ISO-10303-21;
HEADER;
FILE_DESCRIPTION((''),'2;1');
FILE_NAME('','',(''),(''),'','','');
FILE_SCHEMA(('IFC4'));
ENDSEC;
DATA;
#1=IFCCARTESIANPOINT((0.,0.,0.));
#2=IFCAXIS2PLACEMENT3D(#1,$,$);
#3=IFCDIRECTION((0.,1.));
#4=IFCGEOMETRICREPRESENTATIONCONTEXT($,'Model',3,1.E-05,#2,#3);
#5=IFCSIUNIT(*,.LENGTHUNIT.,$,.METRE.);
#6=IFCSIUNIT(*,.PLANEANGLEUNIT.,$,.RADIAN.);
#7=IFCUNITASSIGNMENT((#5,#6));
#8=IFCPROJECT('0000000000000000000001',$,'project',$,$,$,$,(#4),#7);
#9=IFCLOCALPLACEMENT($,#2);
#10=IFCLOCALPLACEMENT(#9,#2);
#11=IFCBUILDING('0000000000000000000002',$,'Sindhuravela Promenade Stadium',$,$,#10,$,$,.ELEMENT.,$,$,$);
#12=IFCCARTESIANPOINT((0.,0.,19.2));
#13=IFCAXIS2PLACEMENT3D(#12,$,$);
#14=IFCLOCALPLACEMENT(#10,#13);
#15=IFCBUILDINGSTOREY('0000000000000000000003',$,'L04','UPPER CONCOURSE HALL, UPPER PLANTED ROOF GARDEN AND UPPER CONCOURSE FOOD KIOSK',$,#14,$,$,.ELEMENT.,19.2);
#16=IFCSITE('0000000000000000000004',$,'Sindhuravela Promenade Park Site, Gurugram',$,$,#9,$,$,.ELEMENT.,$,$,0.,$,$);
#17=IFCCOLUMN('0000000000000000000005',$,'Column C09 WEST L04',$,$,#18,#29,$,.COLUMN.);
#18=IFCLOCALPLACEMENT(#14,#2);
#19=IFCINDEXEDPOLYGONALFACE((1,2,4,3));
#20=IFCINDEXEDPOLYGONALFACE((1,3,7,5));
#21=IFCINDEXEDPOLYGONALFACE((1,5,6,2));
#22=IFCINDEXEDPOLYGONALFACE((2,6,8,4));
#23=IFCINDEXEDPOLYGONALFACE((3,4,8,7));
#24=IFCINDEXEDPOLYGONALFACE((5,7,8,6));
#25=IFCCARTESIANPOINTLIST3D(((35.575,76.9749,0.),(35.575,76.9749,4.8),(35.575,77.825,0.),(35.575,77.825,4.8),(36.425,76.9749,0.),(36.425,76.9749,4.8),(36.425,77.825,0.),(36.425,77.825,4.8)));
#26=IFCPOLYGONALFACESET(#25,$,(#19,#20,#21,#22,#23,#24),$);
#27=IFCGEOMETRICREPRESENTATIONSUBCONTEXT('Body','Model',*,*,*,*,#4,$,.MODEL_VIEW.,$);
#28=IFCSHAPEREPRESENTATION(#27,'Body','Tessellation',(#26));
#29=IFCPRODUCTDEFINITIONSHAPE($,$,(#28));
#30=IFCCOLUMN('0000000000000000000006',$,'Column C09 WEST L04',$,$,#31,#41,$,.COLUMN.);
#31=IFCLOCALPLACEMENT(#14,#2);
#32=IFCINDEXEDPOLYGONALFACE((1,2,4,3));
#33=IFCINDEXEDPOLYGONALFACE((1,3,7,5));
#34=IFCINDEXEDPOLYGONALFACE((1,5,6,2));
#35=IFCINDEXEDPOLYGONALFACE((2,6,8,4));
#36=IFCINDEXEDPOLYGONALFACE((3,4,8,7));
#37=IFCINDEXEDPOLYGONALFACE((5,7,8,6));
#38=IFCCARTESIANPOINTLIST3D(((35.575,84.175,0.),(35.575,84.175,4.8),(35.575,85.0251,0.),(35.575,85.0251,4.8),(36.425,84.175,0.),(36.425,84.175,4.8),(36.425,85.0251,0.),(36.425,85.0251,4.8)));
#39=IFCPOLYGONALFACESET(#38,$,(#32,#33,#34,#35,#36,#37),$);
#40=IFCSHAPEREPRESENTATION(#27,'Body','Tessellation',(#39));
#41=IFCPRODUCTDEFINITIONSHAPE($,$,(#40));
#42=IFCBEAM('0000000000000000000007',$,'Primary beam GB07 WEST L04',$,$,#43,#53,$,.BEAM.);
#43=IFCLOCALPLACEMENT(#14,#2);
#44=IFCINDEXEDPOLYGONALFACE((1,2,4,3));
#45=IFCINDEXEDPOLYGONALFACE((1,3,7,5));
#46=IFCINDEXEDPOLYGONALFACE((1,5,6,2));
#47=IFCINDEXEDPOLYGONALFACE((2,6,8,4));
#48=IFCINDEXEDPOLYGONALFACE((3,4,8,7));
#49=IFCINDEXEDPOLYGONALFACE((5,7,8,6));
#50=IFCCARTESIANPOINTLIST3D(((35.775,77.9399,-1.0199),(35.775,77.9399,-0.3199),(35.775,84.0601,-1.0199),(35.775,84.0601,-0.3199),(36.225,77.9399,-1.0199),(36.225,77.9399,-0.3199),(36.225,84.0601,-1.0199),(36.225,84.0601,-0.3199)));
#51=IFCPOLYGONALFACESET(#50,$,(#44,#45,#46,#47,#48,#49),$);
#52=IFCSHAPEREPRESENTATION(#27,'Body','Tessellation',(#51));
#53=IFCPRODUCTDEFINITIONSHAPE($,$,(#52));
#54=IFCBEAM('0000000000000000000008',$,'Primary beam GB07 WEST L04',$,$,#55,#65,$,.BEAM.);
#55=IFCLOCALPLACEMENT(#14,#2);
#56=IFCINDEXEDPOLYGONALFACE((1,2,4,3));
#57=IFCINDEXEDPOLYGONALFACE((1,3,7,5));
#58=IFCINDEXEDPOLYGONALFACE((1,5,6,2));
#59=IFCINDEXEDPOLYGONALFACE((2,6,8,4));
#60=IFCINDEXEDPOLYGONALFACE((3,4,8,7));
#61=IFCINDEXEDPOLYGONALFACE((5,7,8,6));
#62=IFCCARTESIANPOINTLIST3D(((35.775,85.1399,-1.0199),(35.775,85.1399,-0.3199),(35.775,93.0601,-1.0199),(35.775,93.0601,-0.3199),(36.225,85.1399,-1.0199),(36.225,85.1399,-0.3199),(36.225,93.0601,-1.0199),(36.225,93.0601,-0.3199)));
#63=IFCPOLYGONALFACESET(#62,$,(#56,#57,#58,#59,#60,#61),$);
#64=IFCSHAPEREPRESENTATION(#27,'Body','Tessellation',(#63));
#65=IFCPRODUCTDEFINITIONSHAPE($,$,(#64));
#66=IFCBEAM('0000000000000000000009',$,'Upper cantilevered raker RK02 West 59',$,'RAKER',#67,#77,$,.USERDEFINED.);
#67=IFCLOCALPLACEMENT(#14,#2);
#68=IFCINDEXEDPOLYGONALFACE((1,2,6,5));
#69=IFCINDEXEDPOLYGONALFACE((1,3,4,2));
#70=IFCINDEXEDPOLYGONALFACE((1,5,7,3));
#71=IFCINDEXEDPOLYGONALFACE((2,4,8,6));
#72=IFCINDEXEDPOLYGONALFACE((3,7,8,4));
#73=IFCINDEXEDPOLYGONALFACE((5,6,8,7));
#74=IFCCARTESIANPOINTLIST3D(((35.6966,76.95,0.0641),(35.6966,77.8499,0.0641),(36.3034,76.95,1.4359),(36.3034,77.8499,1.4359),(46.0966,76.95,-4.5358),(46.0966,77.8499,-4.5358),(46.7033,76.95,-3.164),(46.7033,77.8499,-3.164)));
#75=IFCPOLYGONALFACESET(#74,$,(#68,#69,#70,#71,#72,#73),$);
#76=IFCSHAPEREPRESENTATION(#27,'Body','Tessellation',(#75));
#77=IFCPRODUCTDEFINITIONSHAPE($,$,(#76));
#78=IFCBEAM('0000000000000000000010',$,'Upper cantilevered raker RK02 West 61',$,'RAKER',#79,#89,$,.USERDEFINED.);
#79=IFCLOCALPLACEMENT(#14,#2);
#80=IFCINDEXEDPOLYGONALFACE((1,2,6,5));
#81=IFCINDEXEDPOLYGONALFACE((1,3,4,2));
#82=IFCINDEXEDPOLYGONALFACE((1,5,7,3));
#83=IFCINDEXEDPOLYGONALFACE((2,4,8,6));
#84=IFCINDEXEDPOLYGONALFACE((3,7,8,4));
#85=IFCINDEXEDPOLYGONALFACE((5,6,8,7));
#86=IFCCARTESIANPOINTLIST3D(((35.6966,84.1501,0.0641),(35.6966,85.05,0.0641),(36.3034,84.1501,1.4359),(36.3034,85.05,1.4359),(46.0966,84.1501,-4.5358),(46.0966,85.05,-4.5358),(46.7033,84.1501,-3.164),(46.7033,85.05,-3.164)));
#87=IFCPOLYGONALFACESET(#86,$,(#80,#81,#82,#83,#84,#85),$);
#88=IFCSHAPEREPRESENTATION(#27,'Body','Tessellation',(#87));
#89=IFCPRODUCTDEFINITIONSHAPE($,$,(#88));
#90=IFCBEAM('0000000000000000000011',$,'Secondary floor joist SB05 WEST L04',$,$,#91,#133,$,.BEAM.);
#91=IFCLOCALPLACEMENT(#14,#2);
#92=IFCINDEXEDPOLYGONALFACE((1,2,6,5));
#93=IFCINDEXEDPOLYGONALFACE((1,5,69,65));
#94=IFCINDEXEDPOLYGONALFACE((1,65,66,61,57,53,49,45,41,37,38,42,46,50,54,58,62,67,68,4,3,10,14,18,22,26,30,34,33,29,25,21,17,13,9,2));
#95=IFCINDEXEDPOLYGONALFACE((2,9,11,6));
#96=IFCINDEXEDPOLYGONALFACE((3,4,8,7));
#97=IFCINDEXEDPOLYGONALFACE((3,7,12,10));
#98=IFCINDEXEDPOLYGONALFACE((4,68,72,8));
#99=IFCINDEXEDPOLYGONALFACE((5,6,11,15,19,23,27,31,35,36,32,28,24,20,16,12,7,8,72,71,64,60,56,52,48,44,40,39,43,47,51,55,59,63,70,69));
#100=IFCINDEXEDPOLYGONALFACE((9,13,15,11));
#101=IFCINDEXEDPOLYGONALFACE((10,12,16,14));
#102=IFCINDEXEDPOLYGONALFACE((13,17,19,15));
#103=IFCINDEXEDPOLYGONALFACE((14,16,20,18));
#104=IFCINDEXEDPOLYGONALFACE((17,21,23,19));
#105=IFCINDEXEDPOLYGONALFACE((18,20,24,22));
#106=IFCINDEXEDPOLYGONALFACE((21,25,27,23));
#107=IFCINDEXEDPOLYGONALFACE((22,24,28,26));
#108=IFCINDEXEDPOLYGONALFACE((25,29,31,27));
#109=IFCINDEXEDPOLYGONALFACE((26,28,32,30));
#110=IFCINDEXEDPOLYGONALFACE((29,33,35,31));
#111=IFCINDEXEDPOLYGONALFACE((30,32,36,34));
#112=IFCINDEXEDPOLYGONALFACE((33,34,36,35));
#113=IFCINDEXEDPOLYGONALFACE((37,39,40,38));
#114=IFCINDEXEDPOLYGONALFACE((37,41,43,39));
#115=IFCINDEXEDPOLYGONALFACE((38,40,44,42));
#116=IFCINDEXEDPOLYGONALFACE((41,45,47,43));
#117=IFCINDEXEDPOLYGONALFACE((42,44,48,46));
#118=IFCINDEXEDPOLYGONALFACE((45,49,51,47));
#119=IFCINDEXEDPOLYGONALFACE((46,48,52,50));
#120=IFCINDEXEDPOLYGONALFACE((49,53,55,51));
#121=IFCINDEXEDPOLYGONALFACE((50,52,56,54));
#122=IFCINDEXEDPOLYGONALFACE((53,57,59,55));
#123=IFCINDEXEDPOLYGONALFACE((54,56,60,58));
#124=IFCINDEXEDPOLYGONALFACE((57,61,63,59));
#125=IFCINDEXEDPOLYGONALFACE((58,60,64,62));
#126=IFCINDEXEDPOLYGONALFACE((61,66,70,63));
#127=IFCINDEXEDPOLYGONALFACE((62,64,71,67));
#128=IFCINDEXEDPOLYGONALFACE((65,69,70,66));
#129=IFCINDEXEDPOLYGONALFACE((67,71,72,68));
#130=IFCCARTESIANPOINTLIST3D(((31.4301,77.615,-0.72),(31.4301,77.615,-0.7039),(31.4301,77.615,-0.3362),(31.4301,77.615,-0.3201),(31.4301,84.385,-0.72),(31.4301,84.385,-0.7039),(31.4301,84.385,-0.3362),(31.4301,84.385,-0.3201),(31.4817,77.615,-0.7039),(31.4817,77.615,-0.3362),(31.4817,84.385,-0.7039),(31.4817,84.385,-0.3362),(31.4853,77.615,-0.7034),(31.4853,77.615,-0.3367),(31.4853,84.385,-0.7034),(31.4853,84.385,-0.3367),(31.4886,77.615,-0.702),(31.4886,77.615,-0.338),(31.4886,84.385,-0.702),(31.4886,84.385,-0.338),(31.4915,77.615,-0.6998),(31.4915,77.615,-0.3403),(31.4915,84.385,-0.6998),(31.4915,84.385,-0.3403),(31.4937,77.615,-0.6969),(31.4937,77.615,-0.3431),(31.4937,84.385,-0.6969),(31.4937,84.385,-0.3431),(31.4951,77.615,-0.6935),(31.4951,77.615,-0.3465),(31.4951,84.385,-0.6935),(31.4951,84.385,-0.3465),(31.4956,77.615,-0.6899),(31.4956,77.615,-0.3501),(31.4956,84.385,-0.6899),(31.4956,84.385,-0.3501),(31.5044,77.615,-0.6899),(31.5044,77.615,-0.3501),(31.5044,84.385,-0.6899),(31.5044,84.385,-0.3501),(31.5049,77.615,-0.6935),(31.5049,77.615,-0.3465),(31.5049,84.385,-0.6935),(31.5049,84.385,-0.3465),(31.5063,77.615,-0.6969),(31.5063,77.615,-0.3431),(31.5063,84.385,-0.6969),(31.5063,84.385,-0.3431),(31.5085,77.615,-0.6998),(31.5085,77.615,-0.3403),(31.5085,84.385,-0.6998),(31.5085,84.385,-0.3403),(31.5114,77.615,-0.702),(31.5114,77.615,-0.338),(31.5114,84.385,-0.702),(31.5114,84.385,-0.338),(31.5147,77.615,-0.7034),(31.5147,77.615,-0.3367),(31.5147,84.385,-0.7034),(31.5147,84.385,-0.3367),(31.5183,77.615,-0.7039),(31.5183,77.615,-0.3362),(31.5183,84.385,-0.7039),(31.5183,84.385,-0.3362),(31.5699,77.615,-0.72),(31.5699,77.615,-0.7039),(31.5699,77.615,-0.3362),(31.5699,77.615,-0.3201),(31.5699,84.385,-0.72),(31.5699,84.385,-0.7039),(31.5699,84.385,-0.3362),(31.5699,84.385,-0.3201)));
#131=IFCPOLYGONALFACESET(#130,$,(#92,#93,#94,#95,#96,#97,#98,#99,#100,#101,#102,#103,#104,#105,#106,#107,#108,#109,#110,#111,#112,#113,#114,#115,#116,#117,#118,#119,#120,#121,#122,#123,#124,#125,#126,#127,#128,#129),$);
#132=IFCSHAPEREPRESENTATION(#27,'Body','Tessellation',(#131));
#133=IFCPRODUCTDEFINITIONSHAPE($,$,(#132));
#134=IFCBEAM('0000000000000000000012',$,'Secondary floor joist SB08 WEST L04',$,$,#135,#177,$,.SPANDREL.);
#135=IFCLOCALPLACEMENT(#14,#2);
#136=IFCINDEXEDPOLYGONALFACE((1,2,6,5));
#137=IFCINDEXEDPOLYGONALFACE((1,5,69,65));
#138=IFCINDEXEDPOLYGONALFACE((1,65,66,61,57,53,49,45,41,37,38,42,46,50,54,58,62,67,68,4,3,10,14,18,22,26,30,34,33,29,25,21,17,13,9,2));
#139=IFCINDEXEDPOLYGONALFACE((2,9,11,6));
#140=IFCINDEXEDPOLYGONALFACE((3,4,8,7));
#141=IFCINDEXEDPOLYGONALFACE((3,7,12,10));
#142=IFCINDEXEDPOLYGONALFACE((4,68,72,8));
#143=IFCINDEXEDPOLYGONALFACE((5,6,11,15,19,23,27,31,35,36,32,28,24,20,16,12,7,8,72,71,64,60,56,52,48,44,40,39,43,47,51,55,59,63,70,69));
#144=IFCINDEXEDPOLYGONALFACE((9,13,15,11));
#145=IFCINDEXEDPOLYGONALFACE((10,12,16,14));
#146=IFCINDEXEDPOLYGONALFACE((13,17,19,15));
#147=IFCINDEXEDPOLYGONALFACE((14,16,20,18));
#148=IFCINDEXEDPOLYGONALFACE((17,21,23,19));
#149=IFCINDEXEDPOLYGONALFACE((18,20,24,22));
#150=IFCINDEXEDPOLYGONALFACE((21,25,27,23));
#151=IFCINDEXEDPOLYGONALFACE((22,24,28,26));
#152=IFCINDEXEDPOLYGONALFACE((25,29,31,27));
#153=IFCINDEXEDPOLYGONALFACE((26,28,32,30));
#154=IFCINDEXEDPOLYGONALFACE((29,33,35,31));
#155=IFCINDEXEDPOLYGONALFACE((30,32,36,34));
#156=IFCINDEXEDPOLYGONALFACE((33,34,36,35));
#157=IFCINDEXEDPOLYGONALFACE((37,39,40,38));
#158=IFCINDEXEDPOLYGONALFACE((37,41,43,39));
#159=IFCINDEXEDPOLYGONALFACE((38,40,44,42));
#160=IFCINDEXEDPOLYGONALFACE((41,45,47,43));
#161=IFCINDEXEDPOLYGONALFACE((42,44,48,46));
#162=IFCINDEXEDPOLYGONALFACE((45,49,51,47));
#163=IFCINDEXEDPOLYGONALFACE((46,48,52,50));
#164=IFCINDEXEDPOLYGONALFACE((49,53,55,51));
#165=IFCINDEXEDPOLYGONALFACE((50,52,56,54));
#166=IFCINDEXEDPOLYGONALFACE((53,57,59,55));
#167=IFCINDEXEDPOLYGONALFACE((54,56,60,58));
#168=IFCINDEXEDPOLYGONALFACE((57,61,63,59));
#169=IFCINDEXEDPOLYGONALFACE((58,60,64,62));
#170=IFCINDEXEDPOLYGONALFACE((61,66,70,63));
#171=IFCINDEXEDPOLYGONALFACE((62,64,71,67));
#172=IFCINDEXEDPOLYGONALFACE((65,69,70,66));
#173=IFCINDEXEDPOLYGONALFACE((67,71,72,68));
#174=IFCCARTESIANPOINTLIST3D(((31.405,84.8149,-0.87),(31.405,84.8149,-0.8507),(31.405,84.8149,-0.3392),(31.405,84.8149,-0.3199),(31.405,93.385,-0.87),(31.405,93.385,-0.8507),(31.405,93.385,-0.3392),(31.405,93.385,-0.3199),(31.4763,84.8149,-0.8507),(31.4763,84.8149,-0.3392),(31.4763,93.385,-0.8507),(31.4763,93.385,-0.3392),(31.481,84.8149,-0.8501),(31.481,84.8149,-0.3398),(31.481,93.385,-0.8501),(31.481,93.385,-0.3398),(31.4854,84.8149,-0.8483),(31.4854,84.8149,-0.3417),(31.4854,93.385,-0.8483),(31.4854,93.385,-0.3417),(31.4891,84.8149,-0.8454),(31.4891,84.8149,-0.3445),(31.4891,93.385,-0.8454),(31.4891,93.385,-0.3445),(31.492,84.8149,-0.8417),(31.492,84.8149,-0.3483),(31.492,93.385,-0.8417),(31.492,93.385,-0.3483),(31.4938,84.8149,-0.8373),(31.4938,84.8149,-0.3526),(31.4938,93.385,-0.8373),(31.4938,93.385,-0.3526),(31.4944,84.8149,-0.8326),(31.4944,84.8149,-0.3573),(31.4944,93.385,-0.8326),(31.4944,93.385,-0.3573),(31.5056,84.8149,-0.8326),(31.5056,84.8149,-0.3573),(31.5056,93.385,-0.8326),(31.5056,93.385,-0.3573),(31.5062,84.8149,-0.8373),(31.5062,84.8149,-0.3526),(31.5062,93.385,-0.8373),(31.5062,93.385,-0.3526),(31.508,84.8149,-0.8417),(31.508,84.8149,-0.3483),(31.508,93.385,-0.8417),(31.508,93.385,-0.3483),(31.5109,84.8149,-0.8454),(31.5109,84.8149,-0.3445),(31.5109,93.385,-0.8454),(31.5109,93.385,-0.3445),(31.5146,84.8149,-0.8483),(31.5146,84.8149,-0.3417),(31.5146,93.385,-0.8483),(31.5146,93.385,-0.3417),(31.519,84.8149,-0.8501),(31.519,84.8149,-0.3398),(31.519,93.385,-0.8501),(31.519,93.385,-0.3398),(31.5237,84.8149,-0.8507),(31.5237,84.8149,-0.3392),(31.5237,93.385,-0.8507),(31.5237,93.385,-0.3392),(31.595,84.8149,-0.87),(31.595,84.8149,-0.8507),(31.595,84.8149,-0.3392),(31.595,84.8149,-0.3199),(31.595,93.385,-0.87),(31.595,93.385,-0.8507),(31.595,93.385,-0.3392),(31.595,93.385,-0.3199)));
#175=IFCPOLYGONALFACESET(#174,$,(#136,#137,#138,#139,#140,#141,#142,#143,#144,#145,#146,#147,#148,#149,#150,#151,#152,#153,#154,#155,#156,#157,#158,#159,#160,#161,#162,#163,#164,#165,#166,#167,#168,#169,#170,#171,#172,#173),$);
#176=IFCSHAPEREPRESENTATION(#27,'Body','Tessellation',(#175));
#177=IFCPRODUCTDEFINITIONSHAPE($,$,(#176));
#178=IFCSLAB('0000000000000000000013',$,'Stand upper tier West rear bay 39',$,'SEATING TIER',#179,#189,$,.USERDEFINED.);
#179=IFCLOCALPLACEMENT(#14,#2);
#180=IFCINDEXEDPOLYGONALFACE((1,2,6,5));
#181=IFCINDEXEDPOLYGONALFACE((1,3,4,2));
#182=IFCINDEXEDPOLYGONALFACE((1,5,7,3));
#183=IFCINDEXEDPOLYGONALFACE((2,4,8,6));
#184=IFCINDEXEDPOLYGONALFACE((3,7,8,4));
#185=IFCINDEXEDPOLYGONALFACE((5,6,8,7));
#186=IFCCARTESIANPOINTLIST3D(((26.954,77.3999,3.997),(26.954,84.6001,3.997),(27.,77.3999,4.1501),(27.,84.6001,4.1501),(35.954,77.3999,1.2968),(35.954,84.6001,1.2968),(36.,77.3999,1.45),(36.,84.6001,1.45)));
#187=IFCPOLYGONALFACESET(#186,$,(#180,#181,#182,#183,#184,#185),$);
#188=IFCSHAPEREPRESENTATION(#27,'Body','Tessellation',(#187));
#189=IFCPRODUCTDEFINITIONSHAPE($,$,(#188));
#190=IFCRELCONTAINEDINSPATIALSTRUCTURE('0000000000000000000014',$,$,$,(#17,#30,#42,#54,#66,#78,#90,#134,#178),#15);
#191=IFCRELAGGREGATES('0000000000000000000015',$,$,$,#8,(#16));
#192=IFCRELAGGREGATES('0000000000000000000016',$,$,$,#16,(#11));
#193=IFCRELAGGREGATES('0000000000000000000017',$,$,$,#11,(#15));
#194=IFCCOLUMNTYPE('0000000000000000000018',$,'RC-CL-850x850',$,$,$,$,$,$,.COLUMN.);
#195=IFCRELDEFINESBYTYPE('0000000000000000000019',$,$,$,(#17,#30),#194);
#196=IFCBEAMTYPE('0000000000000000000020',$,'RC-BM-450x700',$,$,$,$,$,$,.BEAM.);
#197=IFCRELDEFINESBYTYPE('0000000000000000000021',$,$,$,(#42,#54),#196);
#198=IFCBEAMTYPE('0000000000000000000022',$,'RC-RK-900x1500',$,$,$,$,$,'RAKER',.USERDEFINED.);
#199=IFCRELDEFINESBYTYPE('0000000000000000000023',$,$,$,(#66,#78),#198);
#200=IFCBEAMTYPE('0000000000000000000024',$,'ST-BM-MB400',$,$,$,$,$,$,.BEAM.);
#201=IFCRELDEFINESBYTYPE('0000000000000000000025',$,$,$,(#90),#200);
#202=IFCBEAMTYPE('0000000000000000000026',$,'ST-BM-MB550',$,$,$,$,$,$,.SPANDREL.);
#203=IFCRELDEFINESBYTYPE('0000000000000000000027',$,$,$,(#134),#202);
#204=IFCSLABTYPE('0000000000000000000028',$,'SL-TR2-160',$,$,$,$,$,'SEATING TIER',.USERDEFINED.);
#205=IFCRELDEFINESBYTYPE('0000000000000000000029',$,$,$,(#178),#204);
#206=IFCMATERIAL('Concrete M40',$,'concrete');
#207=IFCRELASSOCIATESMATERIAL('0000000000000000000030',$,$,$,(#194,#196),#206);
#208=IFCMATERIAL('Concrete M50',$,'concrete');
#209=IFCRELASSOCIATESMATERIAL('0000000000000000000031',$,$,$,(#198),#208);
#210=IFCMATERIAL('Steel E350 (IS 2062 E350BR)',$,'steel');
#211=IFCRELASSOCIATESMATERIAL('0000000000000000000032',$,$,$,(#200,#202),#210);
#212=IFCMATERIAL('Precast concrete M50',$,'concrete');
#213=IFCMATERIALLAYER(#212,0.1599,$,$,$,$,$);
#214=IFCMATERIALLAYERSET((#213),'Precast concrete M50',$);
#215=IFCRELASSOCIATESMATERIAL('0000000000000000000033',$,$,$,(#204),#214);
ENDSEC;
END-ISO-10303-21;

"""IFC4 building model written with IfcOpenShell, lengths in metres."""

from ifc_helpers import new_model, si_unit, direction, frame, origin, origin_2d, place, context, subcontext, project, spatial, polyline, rectangle, i_section, outline, extrude, material, layer, layer_set, material_profile, profile_set, type_object, element, save


model = new_model("IFC4")

# Units and contexts
model_context = context("Model", 3, precision=1e-05, world=origin(), true_north=direction((0.0, 1.0)))
body_context = subcontext(model_context, "Body", "Model", "MODEL_VIEW")
ifc_project = project(units=[si_unit("LENGTHUNIT", "METRE"), si_unit("PLANEANGLEUNIT", "RADIAN")], contexts=[model_context])

# Site, building, storey
site_placement = place(None, origin())
site = spatial("IfcSite", under=ifc_project, at=site_placement, Name="Sindhuravela Promenade Park Site, Gurugram", CompositionType="ELEMENT", RefElevation=0.0)
building_placement = place(site_placement, origin())
building = spatial("IfcBuilding", under=site, at=building_placement, Name="Sindhuravela Promenade Stadium", CompositionType="ELEMENT")
storey_placement = place(building_placement, frame((0.0, 0.0, 19.2)))
storey = spatial("IfcBuildingStorey", under=building, at=storey_placement, Name="L04", Description="UPPER CONCOURSE HALL, UPPER PLANTED ROOF GARDEN AND UPPER CONCOURSE FOOD KIOSK", CompositionType="ELEMENT", Elevation=19.2)

# Columns
ifc_material_1 = material(Name="Concrete M40", Category="concrete")
ifc_material_profile_1 = material_profile(ifc_material_1, rectangle(XDim=0.8501, YDim=0.8501, at=origin_2d()), Name="RC 850x850")
ifc_profile_set_1 = profile_set([ifc_material_profile_1], Name="Concrete M40")
column_type = type_object("IfcColumnType", Name="RC-CL-850x850", PredefinedType="COLUMN", material=ifc_profile_set_1)
for number, where, z_axis, x_axis, name in (
    (1, (36.0, 77.3999, 0.0), (0.0, 0.0, 1.0), (1.0, 0.0, 0.0), "Column C09 WEST L04"),
    (2, (36.0, 84.6001, 0.0), (0.0, 0.0, 1.0), (1.0, 0.0, 0.0), "Column C09 WEST L04"),
):
    element("IfcColumn", number, at=place(storey_placement, frame(where, z_axis=z_axis, x_axis=x_axis)), inside=storey, type_object=column_type, Name=name, PredefinedType="COLUMN", context=body_context, shape_type="SweptSolid", body=[
        extrude(rectangle(XDim=0.8501, YDim=0.8501, at=origin_2d()), origin(), (0.0, 0.0, 1.0), 4.8),
    ])

# Beams
ifc_material_profile_2 = material_profile(ifc_material_1, rectangle(XDim=0.45, YDim=0.7, at=origin_2d()), Name="RC 450x700")
ifc_profile_set_2 = profile_set([ifc_material_profile_2], Name="Concrete M40")
beam_type_1 = type_object("IfcBeamType", Name="RC-BM-450x700", PredefinedType="BEAM", material=ifc_profile_set_2)
beam_1_placement = place(storey_placement, frame((36.0, 77.9399, -0.6699), z_axis=(0.0, 1.0, 0.0), x_axis=(-1.0, 0.0, 0.0)))
element("IfcBeam", 3, at=beam_1_placement, inside=storey, type_object=beam_type_1, Name="Primary beam GB07 WEST L04", PredefinedType="BEAM", context=body_context, shape_type="SweptSolid", body=[
    extrude(rectangle(XDim=0.45, YDim=0.7, at=origin_2d()), origin(), (0.0, 0.0, 1.0), 6.1201),
])
beam_2_placement = place(storey_placement, frame((36.0, 85.1399, -0.6699), z_axis=(0.0, 1.0, 0.0), x_axis=(-1.0, 0.0, 0.0)))
element("IfcBeam", 4, at=beam_2_placement, inside=storey, type_object=beam_type_1, Name="Primary beam GB07 WEST L04", PredefinedType="BEAM", context=body_context, shape_type="SweptSolid", body=[
    extrude(rectangle(XDim=0.45, YDim=0.7, at=origin_2d()), origin(), (0.0, 0.0, 1.0), 7.9202),
])
ifc_material_2 = material(Name="Concrete M50", Category="concrete")
ifc_material_profile_3 = material_profile(ifc_material_2, rectangle(XDim=0.8999, YDim=1.5, at=origin_2d()), Name="RC 900x1500")
ifc_profile_set_3 = profile_set([ifc_material_profile_3], Name="Concrete M50")
beam_type_2 = type_object("IfcBeamType", Name="RC-RK-900x1500", ElementType="RAKER", PredefinedType="USERDEFINED", material=ifc_profile_set_3)
for number, where, z_axis, x_axis, name in (
    (5, (36.0, 77.3999, 0.75), (0.914539, 0.0, -0.404498), (0.0, 1.0, 0.0), "Upper cantilevered raker RK02 West 59"),
    (6, (36.0, 84.6001, 0.75), (0.914539, 0.0, -0.404498), (0.0, 1.0, 0.0), "Upper cantilevered raker RK02 West 61"),
):
    element("IfcBeam", number, at=place(storey_placement, frame(where, z_axis=z_axis, x_axis=x_axis)), inside=storey, type_object=beam_type_2, Name=name, ObjectType="RAKER", PredefinedType="USERDEFINED", context=body_context, shape_type="SweptSolid", body=[
        extrude(rectangle(XDim=0.8999, YDim=1.5, at=origin_2d()), origin(), (0.0, 0.0, 1.0), 11.3718),
    ])
ifc_material_3 = material(Name="Steel E350 (IS 2062 E350BR)", Category="steel")
ifc_material_profile_4 = material_profile(ifc_material_3, i_section(OverallWidth=0.1399, OverallDepth=0.3999, WebThickness=0.0088, FlangeThickness=0.0161, FilletRadius=0.0139, at=origin_2d()), Name="ISMB 400")
ifc_profile_set_4 = profile_set([ifc_material_profile_4], Name="Steel E350 (IS 2062 E350BR)")
beam_type_3 = type_object("IfcBeamType", Name="ST-BM-MB400", PredefinedType="BEAM", material=ifc_profile_set_4)
beam_3_placement = place(storey_placement, frame((31.5, 77.615, -0.52), z_axis=(0.0, 1.0, 0.0), x_axis=(-1.0, 0.0, 0.0)))
element("IfcBeam", 7, at=beam_3_placement, inside=storey, type_object=beam_type_3, Name="Secondary floor joist SB05 WEST L04", PredefinedType="BEAM", context=body_context, shape_type="SweptSolid", body=[
    extrude(i_section(OverallWidth=0.1399, OverallDepth=0.3999, WebThickness=0.0088, FlangeThickness=0.0161, FilletRadius=0.0139, at=origin_2d()), origin(), (0.0, 0.0, 1.0), 6.77),
])
ifc_material_profile_5 = material_profile(ifc_material_3, i_section(OverallWidth=0.1899, OverallDepth=0.55, WebThickness=0.0112, FlangeThickness=0.0193, FilletRadius=0.0181, at=origin_2d()), Name="ISMB 550")
ifc_profile_set_5 = profile_set([ifc_material_profile_5], Name="Steel E350 (IS 2062 E350BR)")
beam_type_4 = type_object("IfcBeamType", Name="ST-BM-MB550", PredefinedType="SPANDREL", material=ifc_profile_set_5)
beam_4_placement = place(storey_placement, frame((31.5, 84.8149, -0.595), z_axis=(0.0, 1.0, 0.0), x_axis=(-1.0, 0.0, 0.0)))
element("IfcBeam", 8, at=beam_4_placement, inside=storey, type_object=beam_type_4, Name="Secondary floor joist SB08 WEST L04", PredefinedType="SPANDREL", context=body_context, shape_type="SweptSolid", body=[
    extrude(i_section(OverallWidth=0.1899, OverallDepth=0.55, WebThickness=0.0112, FlangeThickness=0.0193, FilletRadius=0.0181, at=origin_2d()), origin(), (0.0, 0.0, 1.0), 8.5701),
])

# Slab
ifc_material_4 = material(Name="Precast concrete M50", Category="concrete")
ifc_layer_1 = layer(ifc_material_4, 0.1599)
ifc_layer_set_1 = layer_set([ifc_layer_1], Name="Precast concrete M50")
slab_type_1 = type_object("IfcSlabType", Name="SL-TR2-160", ElementType="SEATING TIER", PredefinedType="USERDEFINED", material=ifc_layer_set_1)
slab_1_placement = place(storey_placement, frame((36.0, 77.3999, 1.45), z_axis=(0.287367, 0.0, 0.957821), x_axis=(0.0, 1.0, 0.0)))
element("IfcSlab", 9, at=slab_1_placement, inside=storey, type_object=slab_type_1, Name="Stand upper tier West rear bay 39", ObjectType="SEATING TIER", PredefinedType="USERDEFINED", context=body_context, shape_type="SweptSolid", body=[
    extrude(outline(polyline([(0.0, 0.0), (7.2002, 0.0), (7.2002, 9.3963), (0.0, 9.3963), (0.0, 0.0)])), origin(), (0.0, 0.0, -1.0), 0.1599),
])

save(model, "model.ifc")
